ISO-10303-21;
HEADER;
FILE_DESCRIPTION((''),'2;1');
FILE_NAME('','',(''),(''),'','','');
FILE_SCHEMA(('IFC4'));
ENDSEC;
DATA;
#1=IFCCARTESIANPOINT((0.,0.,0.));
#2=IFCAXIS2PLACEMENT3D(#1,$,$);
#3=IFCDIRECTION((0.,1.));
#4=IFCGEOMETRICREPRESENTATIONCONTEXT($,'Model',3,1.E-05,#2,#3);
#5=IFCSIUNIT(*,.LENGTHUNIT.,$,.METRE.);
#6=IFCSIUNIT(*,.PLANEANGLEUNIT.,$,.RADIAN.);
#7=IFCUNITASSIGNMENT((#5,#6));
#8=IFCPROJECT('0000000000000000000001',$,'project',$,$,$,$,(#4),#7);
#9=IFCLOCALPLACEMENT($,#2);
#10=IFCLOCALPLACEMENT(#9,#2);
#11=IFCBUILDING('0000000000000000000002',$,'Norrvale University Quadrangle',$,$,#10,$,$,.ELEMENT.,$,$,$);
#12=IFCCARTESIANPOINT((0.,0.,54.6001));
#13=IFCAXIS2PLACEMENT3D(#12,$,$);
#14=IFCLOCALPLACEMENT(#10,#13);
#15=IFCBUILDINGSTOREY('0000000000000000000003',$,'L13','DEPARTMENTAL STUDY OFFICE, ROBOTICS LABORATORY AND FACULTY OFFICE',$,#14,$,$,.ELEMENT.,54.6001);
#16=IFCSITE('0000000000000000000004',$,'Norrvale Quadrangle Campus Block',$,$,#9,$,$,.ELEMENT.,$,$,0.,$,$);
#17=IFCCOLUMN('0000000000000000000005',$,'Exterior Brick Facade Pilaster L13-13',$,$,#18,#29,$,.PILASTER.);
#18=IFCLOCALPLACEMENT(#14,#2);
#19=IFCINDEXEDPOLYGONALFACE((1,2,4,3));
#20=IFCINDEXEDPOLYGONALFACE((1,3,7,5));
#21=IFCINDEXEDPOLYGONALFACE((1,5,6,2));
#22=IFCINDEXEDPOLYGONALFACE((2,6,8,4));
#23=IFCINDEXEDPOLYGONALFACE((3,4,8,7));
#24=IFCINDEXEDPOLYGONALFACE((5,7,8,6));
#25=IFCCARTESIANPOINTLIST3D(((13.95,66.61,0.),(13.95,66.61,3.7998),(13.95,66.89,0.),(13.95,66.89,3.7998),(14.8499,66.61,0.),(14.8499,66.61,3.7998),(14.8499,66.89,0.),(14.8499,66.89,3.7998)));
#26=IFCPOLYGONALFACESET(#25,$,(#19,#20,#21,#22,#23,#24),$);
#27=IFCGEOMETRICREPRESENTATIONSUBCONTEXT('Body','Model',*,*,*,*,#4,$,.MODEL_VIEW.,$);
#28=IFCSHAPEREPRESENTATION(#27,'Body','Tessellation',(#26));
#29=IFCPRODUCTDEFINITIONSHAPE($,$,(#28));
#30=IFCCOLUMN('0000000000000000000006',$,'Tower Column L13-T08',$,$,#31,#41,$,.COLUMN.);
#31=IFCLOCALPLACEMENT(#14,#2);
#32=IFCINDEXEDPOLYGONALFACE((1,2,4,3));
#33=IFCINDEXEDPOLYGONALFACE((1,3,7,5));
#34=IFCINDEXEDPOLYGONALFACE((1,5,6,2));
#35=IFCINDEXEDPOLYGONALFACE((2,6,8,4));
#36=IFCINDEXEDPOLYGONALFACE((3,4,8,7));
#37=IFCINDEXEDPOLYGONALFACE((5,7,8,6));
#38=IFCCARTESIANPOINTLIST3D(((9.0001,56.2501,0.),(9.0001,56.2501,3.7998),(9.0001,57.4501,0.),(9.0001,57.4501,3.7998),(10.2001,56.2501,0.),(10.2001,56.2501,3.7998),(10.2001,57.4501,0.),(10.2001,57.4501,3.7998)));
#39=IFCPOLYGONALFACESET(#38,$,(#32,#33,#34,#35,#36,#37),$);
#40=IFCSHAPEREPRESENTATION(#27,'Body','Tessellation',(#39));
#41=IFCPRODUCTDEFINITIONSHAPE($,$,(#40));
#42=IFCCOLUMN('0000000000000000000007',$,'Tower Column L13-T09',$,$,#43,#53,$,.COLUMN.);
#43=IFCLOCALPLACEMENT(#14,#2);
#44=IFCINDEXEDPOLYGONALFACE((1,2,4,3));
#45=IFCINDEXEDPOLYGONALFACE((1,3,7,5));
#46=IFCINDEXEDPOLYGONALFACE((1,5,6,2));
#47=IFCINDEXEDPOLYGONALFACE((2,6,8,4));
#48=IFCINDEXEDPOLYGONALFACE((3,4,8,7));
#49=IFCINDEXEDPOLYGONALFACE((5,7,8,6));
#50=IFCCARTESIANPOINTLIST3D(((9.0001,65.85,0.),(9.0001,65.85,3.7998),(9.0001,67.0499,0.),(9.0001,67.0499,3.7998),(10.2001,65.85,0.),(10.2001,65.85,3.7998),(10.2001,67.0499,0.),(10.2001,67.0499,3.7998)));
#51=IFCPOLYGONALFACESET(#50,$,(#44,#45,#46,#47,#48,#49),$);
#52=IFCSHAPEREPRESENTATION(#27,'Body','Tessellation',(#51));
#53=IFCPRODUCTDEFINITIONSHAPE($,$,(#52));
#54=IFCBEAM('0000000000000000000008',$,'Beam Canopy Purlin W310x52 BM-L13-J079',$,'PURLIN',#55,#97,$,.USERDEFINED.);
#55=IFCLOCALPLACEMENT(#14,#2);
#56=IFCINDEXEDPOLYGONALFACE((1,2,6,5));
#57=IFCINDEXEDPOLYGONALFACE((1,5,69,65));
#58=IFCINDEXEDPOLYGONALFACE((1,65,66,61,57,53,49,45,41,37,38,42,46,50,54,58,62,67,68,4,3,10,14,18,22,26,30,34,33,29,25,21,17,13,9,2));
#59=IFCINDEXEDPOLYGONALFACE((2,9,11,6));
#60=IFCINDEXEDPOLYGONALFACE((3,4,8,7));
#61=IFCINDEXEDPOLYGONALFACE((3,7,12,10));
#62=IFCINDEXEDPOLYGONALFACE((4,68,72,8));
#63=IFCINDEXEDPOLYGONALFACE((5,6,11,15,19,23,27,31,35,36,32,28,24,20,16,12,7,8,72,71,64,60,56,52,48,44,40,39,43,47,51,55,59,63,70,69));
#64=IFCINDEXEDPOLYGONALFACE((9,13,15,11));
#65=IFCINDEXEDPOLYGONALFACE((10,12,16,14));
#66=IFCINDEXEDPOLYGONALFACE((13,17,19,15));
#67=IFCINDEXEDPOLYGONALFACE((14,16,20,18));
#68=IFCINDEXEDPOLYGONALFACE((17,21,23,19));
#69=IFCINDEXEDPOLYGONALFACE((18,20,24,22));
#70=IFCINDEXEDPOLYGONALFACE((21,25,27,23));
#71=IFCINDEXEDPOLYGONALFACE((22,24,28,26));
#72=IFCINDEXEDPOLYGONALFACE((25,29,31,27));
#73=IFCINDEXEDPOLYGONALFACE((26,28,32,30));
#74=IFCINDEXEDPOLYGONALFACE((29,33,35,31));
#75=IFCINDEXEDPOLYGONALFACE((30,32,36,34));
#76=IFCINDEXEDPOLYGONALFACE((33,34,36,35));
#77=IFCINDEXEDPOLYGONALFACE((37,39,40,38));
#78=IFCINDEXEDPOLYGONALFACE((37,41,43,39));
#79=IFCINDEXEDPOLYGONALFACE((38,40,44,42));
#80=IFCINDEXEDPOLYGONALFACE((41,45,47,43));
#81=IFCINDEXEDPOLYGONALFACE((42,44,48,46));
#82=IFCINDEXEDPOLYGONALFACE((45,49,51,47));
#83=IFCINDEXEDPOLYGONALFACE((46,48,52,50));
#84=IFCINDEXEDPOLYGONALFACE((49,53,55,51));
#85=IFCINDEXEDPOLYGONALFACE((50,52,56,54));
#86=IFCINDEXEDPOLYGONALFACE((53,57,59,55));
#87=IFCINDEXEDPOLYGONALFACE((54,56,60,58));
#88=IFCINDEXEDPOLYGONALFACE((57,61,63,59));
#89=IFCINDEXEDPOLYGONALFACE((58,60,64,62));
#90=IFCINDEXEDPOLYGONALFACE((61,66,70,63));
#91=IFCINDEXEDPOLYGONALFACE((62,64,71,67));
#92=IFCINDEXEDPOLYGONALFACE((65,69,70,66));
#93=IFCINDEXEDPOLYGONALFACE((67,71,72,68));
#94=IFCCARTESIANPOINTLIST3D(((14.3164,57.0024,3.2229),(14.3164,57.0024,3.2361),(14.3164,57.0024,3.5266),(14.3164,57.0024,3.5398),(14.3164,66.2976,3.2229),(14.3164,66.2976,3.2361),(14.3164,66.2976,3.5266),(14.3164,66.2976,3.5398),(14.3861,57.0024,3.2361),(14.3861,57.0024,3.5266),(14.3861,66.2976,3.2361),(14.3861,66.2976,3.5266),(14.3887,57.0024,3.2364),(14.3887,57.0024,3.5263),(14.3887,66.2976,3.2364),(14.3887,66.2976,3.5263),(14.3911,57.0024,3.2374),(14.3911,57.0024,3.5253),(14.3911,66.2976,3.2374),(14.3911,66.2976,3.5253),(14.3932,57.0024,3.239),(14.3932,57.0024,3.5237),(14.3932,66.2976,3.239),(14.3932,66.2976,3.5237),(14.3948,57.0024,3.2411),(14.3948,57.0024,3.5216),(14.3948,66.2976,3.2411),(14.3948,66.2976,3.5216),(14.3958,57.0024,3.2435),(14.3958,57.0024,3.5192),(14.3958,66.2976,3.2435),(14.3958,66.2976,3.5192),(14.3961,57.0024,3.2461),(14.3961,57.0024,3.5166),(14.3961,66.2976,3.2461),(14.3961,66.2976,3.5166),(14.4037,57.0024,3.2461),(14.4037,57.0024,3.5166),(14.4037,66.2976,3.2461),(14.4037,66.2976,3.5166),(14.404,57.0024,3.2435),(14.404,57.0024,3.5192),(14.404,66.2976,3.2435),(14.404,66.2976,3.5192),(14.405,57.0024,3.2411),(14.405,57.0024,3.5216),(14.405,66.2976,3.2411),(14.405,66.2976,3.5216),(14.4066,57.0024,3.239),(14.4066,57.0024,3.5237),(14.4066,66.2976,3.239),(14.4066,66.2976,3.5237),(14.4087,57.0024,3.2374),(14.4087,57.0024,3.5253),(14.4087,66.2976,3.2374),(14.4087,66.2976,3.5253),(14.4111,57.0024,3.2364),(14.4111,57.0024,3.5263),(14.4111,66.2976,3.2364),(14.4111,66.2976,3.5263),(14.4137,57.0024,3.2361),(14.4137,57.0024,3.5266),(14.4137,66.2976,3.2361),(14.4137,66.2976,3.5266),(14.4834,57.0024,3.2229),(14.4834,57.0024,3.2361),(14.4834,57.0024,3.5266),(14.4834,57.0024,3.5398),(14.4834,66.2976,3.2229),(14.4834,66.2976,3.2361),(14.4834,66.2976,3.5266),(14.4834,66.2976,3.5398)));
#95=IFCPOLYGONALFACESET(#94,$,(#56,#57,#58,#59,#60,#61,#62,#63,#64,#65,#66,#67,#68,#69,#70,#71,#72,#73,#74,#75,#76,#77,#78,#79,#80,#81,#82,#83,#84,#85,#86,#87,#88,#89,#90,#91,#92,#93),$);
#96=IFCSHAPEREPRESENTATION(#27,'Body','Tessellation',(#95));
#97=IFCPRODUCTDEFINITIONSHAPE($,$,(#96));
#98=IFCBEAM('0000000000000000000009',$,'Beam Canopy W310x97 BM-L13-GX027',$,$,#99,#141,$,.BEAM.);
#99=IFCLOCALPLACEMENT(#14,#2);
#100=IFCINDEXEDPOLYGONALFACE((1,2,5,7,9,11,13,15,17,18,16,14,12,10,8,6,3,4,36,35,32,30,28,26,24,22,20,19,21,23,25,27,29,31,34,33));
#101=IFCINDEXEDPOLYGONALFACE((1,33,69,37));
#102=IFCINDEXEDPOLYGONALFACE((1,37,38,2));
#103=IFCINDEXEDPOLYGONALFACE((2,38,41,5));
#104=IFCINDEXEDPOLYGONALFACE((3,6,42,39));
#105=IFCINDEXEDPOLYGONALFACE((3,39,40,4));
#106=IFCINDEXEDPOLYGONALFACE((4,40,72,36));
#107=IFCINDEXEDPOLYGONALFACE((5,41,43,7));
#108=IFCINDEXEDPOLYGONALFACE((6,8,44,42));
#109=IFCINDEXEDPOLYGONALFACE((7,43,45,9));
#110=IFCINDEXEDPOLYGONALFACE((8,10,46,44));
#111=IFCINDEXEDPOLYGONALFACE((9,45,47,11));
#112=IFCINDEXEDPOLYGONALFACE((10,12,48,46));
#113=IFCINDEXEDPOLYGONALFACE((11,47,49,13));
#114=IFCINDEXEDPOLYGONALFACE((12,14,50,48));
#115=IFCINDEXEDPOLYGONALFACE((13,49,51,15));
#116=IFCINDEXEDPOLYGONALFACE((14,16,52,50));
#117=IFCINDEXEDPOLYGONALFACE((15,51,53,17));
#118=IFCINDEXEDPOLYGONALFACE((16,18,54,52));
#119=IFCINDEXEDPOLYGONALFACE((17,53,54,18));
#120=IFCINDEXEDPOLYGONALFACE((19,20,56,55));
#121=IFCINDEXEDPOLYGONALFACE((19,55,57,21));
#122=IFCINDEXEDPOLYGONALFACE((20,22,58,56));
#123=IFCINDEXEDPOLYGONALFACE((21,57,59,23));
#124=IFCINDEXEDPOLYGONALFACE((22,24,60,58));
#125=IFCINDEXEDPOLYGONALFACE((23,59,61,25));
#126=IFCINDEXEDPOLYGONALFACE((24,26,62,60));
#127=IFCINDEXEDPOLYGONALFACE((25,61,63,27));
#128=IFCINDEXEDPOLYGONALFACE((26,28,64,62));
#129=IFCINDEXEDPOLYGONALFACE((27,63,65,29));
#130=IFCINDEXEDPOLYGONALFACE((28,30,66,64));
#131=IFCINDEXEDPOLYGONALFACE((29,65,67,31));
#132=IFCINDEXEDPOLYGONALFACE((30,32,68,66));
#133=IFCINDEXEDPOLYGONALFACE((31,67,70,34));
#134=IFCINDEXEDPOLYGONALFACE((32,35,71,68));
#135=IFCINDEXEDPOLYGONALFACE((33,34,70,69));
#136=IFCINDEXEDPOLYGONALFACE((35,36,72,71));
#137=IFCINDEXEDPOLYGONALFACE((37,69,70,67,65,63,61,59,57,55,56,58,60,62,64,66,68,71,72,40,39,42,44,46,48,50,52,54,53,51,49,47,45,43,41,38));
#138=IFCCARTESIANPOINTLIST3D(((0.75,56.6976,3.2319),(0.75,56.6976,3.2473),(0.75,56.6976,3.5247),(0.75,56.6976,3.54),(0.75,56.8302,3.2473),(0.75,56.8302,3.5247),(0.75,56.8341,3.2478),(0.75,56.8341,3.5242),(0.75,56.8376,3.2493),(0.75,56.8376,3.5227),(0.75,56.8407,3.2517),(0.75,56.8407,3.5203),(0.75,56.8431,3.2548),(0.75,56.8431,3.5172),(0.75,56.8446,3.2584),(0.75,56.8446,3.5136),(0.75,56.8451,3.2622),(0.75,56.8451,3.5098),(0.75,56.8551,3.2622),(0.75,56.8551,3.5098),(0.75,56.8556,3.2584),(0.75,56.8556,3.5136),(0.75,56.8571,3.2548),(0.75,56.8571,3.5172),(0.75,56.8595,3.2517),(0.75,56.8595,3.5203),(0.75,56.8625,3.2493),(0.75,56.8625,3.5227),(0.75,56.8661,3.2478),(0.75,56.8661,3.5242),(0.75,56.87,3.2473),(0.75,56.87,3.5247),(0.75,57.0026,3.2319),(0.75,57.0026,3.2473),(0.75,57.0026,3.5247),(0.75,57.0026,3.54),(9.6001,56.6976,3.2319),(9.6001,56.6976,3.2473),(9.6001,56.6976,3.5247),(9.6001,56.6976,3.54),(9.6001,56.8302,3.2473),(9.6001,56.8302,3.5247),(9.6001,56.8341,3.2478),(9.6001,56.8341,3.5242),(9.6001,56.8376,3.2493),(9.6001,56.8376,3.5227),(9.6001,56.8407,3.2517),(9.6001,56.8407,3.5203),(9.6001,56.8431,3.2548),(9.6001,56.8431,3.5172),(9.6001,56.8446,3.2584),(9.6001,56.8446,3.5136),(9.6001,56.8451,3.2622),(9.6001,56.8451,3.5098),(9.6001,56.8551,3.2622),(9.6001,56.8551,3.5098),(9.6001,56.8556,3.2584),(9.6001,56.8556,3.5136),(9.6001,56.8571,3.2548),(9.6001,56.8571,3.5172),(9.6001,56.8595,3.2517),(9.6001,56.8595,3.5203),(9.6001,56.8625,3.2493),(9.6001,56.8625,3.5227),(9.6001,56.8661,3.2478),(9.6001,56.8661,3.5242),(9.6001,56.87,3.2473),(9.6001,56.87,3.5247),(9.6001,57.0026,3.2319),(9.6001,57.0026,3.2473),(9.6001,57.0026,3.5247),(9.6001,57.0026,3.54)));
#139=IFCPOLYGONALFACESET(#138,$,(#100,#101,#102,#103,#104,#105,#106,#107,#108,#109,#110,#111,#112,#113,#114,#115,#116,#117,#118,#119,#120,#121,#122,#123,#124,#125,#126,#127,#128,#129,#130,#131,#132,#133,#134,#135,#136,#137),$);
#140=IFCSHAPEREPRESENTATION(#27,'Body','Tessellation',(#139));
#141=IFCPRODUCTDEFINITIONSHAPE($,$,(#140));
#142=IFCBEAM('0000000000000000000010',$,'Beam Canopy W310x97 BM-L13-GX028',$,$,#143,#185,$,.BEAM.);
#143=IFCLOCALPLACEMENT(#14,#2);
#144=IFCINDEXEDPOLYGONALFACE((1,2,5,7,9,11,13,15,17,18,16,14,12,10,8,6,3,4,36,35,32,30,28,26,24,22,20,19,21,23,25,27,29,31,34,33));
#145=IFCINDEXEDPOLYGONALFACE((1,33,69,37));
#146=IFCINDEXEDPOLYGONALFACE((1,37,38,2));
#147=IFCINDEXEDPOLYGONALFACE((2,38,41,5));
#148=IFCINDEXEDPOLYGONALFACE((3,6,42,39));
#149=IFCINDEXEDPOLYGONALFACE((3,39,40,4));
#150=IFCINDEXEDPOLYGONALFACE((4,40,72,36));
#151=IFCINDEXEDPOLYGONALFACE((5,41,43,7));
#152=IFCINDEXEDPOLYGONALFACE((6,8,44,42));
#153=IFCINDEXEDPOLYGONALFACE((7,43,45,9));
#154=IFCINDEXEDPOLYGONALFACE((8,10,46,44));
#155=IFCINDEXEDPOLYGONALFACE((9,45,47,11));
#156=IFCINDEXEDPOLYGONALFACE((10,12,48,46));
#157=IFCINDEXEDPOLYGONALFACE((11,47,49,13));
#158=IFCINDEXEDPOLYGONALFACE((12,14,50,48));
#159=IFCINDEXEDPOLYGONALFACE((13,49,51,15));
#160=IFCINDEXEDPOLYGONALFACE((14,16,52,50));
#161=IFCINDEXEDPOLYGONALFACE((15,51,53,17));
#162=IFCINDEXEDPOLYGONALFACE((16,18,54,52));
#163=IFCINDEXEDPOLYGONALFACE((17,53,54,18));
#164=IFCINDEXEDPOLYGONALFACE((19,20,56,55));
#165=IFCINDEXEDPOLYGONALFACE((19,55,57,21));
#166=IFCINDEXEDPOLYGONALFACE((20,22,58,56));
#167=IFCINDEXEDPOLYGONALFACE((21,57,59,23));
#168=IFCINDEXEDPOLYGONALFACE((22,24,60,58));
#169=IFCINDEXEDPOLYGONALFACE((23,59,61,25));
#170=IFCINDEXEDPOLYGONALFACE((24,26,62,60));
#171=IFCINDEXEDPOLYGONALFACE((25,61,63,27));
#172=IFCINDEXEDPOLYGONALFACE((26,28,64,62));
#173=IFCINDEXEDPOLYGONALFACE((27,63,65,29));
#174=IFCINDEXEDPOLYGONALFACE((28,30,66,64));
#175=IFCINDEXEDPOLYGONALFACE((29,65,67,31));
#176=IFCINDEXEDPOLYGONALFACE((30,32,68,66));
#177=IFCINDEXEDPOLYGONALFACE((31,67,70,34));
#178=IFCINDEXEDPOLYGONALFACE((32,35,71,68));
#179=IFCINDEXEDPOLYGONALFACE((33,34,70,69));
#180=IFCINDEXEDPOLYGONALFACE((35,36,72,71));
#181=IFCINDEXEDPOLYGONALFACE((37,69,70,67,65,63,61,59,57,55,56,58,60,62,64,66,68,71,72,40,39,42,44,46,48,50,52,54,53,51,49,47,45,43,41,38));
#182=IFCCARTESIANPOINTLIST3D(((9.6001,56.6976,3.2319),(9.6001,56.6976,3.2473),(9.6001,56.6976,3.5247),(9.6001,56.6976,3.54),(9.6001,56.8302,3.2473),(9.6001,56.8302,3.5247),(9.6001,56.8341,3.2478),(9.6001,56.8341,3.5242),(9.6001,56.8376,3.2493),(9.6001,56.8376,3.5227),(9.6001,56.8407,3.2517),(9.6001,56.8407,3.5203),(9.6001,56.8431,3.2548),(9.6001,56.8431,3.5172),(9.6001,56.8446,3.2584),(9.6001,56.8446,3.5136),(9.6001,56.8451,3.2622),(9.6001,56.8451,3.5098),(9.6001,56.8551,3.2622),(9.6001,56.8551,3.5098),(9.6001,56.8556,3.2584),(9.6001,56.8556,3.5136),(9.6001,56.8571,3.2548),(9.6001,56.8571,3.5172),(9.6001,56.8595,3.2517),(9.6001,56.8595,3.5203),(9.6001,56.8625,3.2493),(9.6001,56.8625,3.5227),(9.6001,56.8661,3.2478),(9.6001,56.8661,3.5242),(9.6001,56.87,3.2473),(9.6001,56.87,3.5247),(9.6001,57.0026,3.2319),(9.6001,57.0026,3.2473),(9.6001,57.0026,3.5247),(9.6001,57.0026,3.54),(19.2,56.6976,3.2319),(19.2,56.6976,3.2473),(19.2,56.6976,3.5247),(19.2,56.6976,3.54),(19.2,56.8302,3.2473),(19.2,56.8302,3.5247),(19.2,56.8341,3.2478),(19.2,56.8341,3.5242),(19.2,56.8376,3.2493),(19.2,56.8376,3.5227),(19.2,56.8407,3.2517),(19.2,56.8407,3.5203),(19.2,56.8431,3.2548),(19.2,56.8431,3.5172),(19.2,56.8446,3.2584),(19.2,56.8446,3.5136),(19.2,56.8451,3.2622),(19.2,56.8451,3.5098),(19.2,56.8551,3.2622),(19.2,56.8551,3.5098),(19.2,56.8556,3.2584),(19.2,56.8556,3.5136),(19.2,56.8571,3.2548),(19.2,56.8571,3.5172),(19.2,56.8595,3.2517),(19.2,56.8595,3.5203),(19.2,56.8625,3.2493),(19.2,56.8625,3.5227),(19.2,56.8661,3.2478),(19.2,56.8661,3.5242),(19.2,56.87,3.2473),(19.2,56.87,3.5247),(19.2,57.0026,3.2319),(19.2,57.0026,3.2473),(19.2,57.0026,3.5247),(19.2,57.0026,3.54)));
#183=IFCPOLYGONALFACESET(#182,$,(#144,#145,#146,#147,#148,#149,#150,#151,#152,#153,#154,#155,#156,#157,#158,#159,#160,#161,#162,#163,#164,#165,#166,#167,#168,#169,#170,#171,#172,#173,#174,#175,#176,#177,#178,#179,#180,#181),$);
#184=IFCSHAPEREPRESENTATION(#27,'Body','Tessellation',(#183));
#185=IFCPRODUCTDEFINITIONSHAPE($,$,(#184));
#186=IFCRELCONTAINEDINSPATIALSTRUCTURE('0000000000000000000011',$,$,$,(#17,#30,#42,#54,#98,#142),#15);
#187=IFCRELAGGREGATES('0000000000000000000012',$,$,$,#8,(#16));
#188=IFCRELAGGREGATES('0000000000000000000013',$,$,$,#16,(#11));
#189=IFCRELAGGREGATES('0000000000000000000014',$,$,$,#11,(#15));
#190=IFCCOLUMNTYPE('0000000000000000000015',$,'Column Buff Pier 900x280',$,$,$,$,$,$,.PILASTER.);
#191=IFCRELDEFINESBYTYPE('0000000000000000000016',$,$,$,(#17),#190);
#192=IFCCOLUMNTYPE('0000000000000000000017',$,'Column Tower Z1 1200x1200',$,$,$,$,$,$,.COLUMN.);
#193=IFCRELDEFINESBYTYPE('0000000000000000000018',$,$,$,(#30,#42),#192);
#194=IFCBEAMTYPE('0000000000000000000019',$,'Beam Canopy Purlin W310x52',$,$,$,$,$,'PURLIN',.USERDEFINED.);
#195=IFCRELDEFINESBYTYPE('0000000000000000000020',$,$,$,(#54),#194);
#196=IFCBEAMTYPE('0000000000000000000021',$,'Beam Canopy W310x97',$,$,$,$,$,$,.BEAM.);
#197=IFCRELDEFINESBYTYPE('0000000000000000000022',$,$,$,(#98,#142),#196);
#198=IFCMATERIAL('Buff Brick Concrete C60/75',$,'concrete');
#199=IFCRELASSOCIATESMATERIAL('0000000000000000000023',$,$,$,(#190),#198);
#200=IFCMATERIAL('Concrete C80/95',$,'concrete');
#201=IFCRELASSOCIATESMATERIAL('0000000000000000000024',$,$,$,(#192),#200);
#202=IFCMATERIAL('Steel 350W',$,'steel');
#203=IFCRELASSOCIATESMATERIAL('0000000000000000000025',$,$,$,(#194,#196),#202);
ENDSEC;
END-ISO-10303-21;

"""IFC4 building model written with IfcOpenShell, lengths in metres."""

from ifc_helpers import new_model, si_unit, direction, frame, origin, origin_2d, place, context, subcontext, project, spatial, rectangle, i_section, extrude, material, material_profile, profile_set, type_object, element, save


model = new_model("IFC4")

# Units and contexts
model_context = context("Model", 3, precision=1e-05, world=origin(), true_north=direction((0.0, 1.0)))
body_context = subcontext(model_context, "Body", "Model", "MODEL_VIEW")
ifc_project = project(units=[si_unit("LENGTHUNIT", "METRE"), si_unit("PLANEANGLEUNIT", "RADIAN")], contexts=[model_context])

# Site, building, storey
site_placement = place(None, origin())
site = spatial("IfcSite", under=ifc_project, at=site_placement, Name="Norrvale Quadrangle Campus Block", CompositionType="ELEMENT", RefElevation=0.0)
building_placement = place(site_placement, origin())
building = spatial("IfcBuilding", under=site, at=building_placement, Name="Norrvale University Quadrangle", CompositionType="ELEMENT")
storey_placement = place(building_placement, frame((0.0, 0.0, 54.6001)))
storey = spatial("IfcBuildingStorey", under=building, at=storey_placement, Name="L13", Description="DEPARTMENTAL STUDY OFFICE, ROBOTICS LABORATORY AND FACULTY OFFICE", CompositionType="ELEMENT", Elevation=54.6001)

# Columns
ifc_material_1 = material(Name="Buff Brick Concrete C60/75", Category="concrete")
ifc_material_profile_1 = material_profile(ifc_material_1, rectangle(XDim=0.8999, YDim=0.28, at=origin_2d()), Name="Buff Brick Concrete C60/75")
ifc_profile_set_1 = profile_set([ifc_material_profile_1], Name="Buff Brick Concrete C60/75")
column_type_1 = type_object("IfcColumnType", Name="Column Buff Pier 900x280", PredefinedType="PILASTER", material=ifc_profile_set_1)
column_placement = place(storey_placement, frame((14.3999, 66.75, 0.0), z_axis=(0.0, 0.0, 1.0), x_axis=(1.0, 0.0, 0.0)))
element("IfcColumn", 1, at=column_placement, inside=storey, type_object=column_type_1, Name="Exterior Brick Facade Pilaster L13-13", PredefinedType="PILASTER", context=body_context, shape_type="SweptSolid", body=[
    extrude(rectangle(XDim=0.8999, YDim=0.28, at=origin_2d()), origin(), (0.0, 0.0, 1.0), 3.7998),
])
ifc_material_2 = material(Name="Concrete C80/95", Category="concrete")
ifc_material_profile_2 = material_profile(ifc_material_2, rectangle(XDim=1.2, YDim=1.2, at=origin_2d()), Name="Concrete C80/95")
ifc_profile_set_2 = profile_set([ifc_material_profile_2], Name="Concrete C80/95")
column_type_2 = type_object("IfcColumnType", Name="Column Tower Z1 1200x1200", PredefinedType="COLUMN", material=ifc_profile_set_2)
for number, where, z_axis, x_axis, name in (
    (2, (9.6001, 56.8501, 0.0), (0.0, 0.0, 1.0), (1.0, 0.0, 0.0), "Tower Column L13-T08"),
    (3, (9.6001, 66.45, 0.0), (0.0, 0.0, 1.0), (1.0, 0.0, 0.0), "Tower Column L13-T09"),
):
    element("IfcColumn", number, at=place(storey_placement, frame(where, z_axis=z_axis, x_axis=x_axis)), inside=storey, type_object=column_type_2, Name=name, PredefinedType="COLUMN", context=body_context, shape_type="SweptSolid", body=[
        extrude(rectangle(XDim=1.2, YDim=1.2, at=origin_2d()), origin(), (0.0, 0.0, 1.0), 3.7998),
    ])

# Beams
ifc_material_3 = material(Name="Steel 350W", Category="steel")
ifc_material_profile_3 = material_profile(ifc_material_3, i_section(OverallWidth=0.167, OverallDepth=0.3169, WebThickness=0.0076, FlangeThickness=0.0132, FilletRadius=0.01, at=origin_2d()), Name="Steel 350W")
ifc_profile_set_3 = profile_set([ifc_material_profile_3], Name="Steel 350W")
beam_type_1 = type_object("IfcBeamType", Name="Beam Canopy Purlin W310x52", ElementType="PURLIN", PredefinedType="USERDEFINED", material=ifc_profile_set_3)
beam_1_placement = place(storey_placement, frame((14.3999, 57.0024, 3.3813), z_axis=(0.0, 1.0, 0.0), x_axis=(-1.0, 0.0, 0.0)))
element("IfcBeam", 4, at=beam_1_placement, inside=storey, type_object=beam_type_1, Name="Beam Canopy Purlin W310x52 BM-L13-J079", ObjectType="PURLIN", PredefinedType="USERDEFINED", context=body_context, shape_type="SweptSolid", body=[
    extrude(i_section(OverallWidth=0.167, OverallDepth=0.3169, WebThickness=0.0076, FlangeThickness=0.0132, FilletRadius=0.01, at=origin_2d()), origin(), (0.0, 0.0, 1.0), 9.2952),
])
ifc_material_profile_4 = material_profile(ifc_material_3, i_section(OverallWidth=0.3049, OverallDepth=0.3081, WebThickness=0.01, FlangeThickness=0.0154, FilletRadius=0.0149, at=origin_2d()), Name="Steel 350W")
ifc_profile_set_4 = profile_set([ifc_material_profile_4], Name="Steel 350W")
beam_type_2 = type_object("IfcBeamType", Name="Beam Canopy W310x97", PredefinedType="BEAM", material=ifc_profile_set_4)
beam_2_placement = place(storey_placement, frame((0.75, 56.8501, 3.386), z_axis=(1.0, 0.0, 0.0), x_axis=(0.0, 1.0, 0.0)))
element("IfcBeam", 5, at=beam_2_placement, inside=storey, type_object=beam_type_2, Name="Beam Canopy W310x97 BM-L13-GX027", PredefinedType="BEAM", context=body_context, shape_type="SweptSolid", body=[
    extrude(i_section(OverallWidth=0.3049, OverallDepth=0.3081, WebThickness=0.01, FlangeThickness=0.0154, FilletRadius=0.0149, at=origin_2d()), origin(), (0.0, 0.0, 1.0), 8.8501),
])
for number, where, z_axis, x_axis, name in (
    (6, (9.6001, 56.8501, 3.386), (1.0, 0.0, 0.0), (0.0, 1.0, 0.0), "Beam Canopy W310x97 BM-L13-GX028"),
):
    element("IfcBeam", number, at=place(storey_placement, frame(where, z_axis=z_axis, x_axis=x_axis)), inside=storey, type_object=beam_type_2, Name=name, PredefinedType="BEAM", context=body_context, shape_type="SweptSolid", body=[
        extrude(i_section(OverallWidth=0.3049, OverallDepth=0.3081, WebThickness=0.01, FlangeThickness=0.0154, FilletRadius=0.0149, at=origin_2d()), origin(), (0.0, 0.0, 1.0), 9.5999),
    ])

save(model, "model.ifc")
